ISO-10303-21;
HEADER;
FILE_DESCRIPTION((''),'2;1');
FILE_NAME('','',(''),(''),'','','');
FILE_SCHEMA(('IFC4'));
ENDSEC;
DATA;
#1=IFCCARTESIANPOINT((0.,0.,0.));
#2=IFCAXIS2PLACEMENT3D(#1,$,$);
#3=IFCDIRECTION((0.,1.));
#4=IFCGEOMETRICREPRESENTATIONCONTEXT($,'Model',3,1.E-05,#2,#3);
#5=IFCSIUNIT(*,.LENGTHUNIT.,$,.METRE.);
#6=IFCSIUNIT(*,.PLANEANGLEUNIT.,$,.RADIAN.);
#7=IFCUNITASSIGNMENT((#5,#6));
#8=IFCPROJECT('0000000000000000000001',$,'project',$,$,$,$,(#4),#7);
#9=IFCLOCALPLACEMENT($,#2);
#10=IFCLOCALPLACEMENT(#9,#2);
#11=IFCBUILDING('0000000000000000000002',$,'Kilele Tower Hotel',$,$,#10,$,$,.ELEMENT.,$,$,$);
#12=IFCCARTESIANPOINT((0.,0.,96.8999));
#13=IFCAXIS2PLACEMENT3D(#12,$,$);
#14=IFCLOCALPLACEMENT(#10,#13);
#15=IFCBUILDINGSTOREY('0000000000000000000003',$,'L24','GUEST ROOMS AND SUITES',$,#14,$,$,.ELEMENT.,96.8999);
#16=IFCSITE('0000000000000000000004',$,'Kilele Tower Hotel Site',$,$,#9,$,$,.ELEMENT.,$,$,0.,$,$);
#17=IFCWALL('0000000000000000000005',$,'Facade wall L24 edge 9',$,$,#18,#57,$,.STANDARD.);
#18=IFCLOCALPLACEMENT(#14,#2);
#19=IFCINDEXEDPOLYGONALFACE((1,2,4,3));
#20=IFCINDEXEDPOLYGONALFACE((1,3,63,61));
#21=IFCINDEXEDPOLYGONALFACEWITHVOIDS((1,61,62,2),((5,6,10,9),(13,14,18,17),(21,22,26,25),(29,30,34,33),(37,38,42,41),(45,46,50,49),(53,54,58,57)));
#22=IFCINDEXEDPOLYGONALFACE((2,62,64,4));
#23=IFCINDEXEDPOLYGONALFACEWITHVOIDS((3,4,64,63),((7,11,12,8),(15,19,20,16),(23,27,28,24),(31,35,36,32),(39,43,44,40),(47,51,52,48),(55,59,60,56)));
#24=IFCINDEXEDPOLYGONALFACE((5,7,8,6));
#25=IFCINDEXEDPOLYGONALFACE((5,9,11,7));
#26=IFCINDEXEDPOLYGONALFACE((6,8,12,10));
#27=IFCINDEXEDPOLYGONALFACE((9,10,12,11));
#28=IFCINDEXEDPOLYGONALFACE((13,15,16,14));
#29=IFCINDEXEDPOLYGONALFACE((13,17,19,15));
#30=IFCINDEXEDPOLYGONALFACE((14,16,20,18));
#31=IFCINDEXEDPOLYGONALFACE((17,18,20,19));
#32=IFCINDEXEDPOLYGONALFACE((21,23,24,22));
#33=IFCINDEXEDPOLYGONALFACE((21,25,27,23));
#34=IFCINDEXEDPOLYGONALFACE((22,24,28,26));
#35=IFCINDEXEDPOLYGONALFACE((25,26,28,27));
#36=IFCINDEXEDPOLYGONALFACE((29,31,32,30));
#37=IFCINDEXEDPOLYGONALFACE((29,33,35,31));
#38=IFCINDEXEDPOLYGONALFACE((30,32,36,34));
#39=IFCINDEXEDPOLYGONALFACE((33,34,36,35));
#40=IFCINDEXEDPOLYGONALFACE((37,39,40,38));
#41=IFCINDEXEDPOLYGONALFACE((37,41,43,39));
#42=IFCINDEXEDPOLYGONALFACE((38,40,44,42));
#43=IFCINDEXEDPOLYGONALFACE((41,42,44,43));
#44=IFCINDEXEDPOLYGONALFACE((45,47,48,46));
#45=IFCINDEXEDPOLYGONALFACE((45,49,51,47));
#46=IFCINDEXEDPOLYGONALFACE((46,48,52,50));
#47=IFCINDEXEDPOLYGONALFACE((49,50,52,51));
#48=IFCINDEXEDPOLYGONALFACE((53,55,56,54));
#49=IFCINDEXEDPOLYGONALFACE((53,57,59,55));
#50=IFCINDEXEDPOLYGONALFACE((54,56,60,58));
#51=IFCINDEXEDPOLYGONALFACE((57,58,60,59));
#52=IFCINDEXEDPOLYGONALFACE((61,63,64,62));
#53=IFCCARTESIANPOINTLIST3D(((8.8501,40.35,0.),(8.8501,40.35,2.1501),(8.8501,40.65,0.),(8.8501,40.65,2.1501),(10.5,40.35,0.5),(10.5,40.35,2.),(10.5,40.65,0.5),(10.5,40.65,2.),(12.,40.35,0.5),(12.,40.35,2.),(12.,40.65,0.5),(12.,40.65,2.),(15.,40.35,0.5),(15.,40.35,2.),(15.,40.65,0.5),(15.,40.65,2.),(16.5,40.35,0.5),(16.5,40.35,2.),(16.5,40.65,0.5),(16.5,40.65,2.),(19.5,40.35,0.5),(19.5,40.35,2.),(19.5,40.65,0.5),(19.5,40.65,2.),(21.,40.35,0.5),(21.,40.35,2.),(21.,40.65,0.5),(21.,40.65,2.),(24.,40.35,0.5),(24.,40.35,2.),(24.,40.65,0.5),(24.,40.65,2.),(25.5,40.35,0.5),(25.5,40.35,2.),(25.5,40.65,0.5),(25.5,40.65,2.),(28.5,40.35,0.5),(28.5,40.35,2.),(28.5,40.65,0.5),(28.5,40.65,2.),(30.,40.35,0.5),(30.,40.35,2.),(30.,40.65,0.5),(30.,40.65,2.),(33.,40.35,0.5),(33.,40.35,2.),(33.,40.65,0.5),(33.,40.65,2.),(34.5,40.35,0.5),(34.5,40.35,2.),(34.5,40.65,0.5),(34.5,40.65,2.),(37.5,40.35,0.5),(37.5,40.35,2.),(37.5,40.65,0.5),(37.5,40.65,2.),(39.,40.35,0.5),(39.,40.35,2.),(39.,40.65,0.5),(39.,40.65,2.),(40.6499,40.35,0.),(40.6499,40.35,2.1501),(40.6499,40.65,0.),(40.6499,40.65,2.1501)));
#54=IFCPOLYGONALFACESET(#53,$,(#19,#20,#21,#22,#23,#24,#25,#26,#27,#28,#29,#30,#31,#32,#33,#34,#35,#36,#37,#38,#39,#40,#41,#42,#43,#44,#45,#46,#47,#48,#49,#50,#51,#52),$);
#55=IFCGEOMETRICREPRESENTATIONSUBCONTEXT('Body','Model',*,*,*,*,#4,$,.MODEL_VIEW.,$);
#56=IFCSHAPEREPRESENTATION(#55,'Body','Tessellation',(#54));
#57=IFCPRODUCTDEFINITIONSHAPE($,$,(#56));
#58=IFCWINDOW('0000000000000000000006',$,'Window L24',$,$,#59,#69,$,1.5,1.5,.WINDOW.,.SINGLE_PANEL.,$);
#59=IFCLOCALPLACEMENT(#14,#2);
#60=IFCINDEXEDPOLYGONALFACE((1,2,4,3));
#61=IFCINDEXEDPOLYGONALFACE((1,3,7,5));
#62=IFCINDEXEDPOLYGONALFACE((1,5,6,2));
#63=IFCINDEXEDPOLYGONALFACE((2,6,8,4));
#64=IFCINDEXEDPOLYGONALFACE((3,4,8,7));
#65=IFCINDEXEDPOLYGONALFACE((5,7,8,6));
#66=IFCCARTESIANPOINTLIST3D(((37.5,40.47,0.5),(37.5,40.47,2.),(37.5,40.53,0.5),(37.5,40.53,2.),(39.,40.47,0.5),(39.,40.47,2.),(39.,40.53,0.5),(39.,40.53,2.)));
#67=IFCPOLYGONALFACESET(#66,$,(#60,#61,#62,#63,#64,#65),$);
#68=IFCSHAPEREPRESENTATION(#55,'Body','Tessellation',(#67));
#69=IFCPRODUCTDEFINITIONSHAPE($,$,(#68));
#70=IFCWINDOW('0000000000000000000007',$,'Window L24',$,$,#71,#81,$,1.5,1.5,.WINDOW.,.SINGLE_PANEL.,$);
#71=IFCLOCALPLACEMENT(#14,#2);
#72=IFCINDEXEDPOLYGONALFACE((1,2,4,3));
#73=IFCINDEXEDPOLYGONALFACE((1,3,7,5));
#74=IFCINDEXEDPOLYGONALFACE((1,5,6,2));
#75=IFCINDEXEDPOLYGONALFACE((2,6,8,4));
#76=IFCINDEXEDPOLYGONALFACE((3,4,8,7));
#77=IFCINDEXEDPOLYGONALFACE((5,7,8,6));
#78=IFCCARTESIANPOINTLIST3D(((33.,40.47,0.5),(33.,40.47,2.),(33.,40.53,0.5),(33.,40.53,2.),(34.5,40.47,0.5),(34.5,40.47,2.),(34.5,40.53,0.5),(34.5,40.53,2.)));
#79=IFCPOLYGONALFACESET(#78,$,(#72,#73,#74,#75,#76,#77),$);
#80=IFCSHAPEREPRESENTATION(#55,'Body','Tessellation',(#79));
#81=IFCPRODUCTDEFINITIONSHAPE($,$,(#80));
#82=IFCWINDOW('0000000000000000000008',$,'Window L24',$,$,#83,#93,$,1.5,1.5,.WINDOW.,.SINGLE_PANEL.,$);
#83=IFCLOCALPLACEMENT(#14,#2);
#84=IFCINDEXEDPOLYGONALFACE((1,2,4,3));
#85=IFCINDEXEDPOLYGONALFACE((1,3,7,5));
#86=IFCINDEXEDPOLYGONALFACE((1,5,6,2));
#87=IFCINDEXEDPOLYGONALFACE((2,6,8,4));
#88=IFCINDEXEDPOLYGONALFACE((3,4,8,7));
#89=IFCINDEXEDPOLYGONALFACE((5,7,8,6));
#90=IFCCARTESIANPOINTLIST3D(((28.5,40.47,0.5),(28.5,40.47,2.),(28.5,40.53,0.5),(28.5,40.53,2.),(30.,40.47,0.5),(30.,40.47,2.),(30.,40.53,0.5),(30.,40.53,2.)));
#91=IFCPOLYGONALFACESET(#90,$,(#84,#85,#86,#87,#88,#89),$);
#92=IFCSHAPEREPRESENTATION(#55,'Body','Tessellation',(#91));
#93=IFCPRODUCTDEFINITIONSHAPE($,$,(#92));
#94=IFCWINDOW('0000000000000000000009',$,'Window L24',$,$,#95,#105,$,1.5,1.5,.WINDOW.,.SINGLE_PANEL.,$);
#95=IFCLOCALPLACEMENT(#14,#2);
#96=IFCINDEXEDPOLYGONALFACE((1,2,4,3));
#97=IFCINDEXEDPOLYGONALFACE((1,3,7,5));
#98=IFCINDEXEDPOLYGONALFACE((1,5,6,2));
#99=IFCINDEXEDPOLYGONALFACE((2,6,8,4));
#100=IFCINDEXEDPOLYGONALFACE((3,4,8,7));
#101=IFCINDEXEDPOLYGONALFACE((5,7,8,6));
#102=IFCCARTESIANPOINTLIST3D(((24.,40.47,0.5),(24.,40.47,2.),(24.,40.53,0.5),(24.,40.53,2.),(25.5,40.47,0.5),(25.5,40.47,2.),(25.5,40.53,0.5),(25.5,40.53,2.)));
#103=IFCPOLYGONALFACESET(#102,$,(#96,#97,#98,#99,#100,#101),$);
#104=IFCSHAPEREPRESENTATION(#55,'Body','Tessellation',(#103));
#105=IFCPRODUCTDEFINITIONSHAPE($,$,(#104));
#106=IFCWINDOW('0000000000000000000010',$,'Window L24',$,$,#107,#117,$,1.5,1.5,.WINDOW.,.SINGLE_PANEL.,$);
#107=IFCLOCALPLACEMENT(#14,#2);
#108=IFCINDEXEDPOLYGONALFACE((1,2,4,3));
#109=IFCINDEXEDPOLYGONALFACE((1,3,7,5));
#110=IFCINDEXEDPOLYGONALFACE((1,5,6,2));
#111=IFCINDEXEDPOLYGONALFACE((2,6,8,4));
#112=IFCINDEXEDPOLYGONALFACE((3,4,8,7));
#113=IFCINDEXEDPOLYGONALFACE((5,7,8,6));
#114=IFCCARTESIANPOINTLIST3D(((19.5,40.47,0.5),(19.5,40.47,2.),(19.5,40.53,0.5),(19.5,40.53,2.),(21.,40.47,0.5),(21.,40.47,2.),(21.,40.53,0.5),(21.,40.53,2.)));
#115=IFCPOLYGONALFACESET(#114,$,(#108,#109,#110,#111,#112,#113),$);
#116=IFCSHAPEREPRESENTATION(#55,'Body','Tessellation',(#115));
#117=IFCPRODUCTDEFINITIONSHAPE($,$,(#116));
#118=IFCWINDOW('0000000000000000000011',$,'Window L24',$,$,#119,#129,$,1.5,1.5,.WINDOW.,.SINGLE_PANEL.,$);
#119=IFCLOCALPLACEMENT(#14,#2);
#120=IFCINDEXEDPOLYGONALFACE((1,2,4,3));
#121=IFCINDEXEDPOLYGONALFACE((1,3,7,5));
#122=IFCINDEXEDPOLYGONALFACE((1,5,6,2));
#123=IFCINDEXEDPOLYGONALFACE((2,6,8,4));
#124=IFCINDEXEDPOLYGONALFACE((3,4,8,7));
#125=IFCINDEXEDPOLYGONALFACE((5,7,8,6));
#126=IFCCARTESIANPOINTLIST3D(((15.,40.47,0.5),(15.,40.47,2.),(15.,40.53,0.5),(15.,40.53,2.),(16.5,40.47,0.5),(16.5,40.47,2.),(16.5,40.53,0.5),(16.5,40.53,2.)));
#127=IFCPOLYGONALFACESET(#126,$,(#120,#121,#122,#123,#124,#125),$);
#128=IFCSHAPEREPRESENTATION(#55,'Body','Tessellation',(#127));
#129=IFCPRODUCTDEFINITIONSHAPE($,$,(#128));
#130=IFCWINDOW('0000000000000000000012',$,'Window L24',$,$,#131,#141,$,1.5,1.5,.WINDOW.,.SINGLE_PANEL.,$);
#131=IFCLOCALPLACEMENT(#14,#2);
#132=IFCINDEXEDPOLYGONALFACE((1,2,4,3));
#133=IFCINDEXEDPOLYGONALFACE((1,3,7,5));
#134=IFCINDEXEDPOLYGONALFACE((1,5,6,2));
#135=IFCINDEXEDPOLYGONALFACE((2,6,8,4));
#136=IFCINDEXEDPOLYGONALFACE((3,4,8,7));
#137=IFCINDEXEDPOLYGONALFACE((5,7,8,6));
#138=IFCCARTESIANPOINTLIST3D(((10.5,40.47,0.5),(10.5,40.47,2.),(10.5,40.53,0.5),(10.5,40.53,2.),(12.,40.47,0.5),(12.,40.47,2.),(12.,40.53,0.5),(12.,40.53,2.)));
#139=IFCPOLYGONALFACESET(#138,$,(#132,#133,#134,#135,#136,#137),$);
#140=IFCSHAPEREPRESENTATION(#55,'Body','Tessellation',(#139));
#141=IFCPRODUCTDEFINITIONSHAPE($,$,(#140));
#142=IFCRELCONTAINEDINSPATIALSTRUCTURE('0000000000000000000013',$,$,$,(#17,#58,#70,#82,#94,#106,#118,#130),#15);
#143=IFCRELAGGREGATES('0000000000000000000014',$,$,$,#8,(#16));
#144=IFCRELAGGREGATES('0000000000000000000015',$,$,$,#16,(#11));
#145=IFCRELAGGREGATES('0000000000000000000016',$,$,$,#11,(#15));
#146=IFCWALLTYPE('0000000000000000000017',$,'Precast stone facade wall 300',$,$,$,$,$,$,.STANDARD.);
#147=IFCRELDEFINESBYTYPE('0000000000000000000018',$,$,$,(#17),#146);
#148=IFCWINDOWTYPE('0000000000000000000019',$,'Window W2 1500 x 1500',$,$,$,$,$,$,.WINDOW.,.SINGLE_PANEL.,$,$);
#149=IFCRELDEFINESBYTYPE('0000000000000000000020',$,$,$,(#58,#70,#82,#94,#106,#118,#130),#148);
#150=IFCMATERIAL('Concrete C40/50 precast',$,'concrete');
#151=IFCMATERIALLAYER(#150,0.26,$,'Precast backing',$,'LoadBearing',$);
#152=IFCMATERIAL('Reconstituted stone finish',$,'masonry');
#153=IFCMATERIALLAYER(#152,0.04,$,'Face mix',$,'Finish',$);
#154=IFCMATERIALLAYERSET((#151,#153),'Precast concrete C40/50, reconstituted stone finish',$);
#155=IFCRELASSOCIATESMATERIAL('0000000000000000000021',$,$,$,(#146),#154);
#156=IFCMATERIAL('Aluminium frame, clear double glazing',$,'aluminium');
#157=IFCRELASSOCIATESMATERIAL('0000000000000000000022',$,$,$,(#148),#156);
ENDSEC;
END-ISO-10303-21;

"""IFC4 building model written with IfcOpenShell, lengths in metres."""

from ifc_helpers import new_model, si_unit, direction, frame, frame_2d, origin, place, context, subcontext, project, spatial, rectangle, extrude, material, layer, layer_set, type_object, element, fill, save


model = new_model("IFC4")

# Units and contexts
model_context = context("Model", 3, precision=1e-05, world=origin(), true_north=direction((0.0, 1.0)))
body_context = subcontext(model_context, "Body", "Model", "MODEL_VIEW")
ifc_project = project(units=[si_unit("LENGTHUNIT", "METRE"), si_unit("PLANEANGLEUNIT", "RADIAN")], contexts=[model_context])

# Site, building, storey
site_placement = place(None, origin())
site = spatial("IfcSite", under=ifc_project, at=site_placement, Name="Kilele Tower Hotel Site", CompositionType="ELEMENT", RefElevation=0.0)
building_placement = place(site_placement, origin())
building = spatial("IfcBuilding", under=site, at=building_placement, Name="Kilele Tower Hotel", CompositionType="ELEMENT")
storey_placement = place(building_placement, frame((0.0, 0.0, 96.8999)))
storey = spatial("IfcBuildingStorey", under=building, at=storey_placement, Name="L24", Description="GUEST ROOMS AND SUITES", CompositionType="ELEMENT", Elevation=96.8999)

# Shared definitions
ifc_material_1 = material(Name="Concrete C40/50 precast", Category="concrete")
ifc_layer_1 = layer(ifc_material_1, 0.26, Name="Precast backing", Category="LoadBearing")
ifc_material_2 = material(Name="Reconstituted stone finish", Category="masonry")
ifc_layer_2 = layer(ifc_material_2, 0.04, Name="Face mix", Category="Finish")
ifc_layer_set_1 = layer_set([ifc_layer_1, ifc_layer_2], Name="Precast concrete C40/50, reconstituted stone finish")
wall_type_1 = type_object("IfcWallType", Name="Precast stone facade wall 300", PredefinedType="STANDARD", material=ifc_layer_set_1)
ifc_material_3 = material(Name="Aluminium frame, clear double glazing", Category="aluminium")
window_type_1 = type_object("IfcWindowType", Name="Window W2 1500 x 1500", PartitioningType="SINGLE_PANEL", PredefinedType="WINDOW", material=ifc_material_3)

# Wall, openings, windows
wall_1_placement = place(storey_placement, frame((40.6499, 40.5, 0.0), z_axis=(0.0, 0.0, 1.0), x_axis=(-1.0, 0.0, 0.0)))
wall_1 = element("IfcWall", 1, at=wall_1_placement, inside=storey, type_object=wall_type_1, Name="Facade wall L24 edge 9", PredefinedType="STANDARD", context=body_context, shape_type="SweptSolid", body=[
    extrude(rectangle(XDim=31.7998, YDim=0.3, at=frame_2d((15.8999, 0.0))), origin(), (0.0, 0.0, 1.0), 2.1501),
])
opening_1_placement = place(wall_1_placement, frame((1.6499, 0.0, 0.5)))
opening_1 = element("IfcOpeningElement", 2, at=opening_1_placement, cuts=wall_1, PredefinedType="OPENING", context=body_context, shape_type="SweptSolid", body=[
    extrude(rectangle(XDim=1.5, YDim=1.5, at=frame_2d((0.75, 0.75))), frame((0.0, 0.1599, 0.0), z_axis=(0.0, -1.0, 0.0), x_axis=(1.0, 0.0, 0.0)), (0.0, 0.0, 1.0), 0.3201),
])
opening_2_placement = place(wall_1_placement, frame((6.1499, 0.0, 0.5)))
opening_2 = element("IfcOpeningElement", 3, at=opening_2_placement, cuts=wall_1, PredefinedType="OPENING", context=body_context, shape_type="SweptSolid", body=[
    extrude(rectangle(XDim=1.5, YDim=1.5, at=frame_2d((0.75, 0.75))), frame((0.0, 0.1599, 0.0), z_axis=(0.0, -1.0, 0.0), x_axis=(1.0, 0.0, 0.0)), (0.0, 0.0, 1.0), 0.3201),
])
opening_3_placement = place(wall_1_placement, frame((10.6499, 0.0, 0.5)))
opening_3 = element("IfcOpeningElement", 4, at=opening_3_placement, cuts=wall_1, PredefinedType="OPENING", context=body_context, shape_type="SweptSolid", body=[
    extrude(rectangle(XDim=1.5, YDim=1.5, at=frame_2d((0.75, 0.75))), frame((0.0, 0.1599, 0.0), z_axis=(0.0, -1.0, 0.0), x_axis=(1.0, 0.0, 0.0)), (0.0, 0.0, 1.0), 0.3201),
])
opening_4_placement = place(wall_1_placement, frame((15.1499, 0.0, 0.5)))
opening_4 = element("IfcOpeningElement", 5, at=opening_4_placement, cuts=wall_1, PredefinedType="OPENING", context=body_context, shape_type="SweptSolid", body=[
    extrude(rectangle(XDim=1.5, YDim=1.5, at=frame_2d((0.75, 0.75))), frame((0.0, 0.1599, 0.0), z_axis=(0.0, -1.0, 0.0), x_axis=(1.0, 0.0, 0.0)), (0.0, 0.0, 1.0), 0.3201),
])
opening_5_placement = place(wall_1_placement, frame((19.6499, 0.0, 0.5)))
opening_5 = element("IfcOpeningElement", 6, at=opening_5_placement, cuts=wall_1, PredefinedType="OPENING", context=body_context, shape_type="SweptSolid", body=[
    extrude(rectangle(XDim=1.5, YDim=1.5, at=frame_2d((0.75, 0.75))), frame((0.0, 0.1599, 0.0), z_axis=(0.0, -1.0, 0.0), x_axis=(1.0, 0.0, 0.0)), (0.0, 0.0, 1.0), 0.3201),
])
opening_6_placement = place(wall_1_placement, frame((24.1499, 0.0, 0.5)))
opening_6 = element("IfcOpeningElement", 7, at=opening_6_placement, cuts=wall_1, PredefinedType="OPENING", context=body_context, shape_type="SweptSolid", body=[
    extrude(rectangle(XDim=1.5, YDim=1.5, at=frame_2d((0.75, 0.75))), frame((0.0, 0.1599, 0.0), z_axis=(0.0, -1.0, 0.0), x_axis=(1.0, 0.0, 0.0)), (0.0, 0.0, 1.0), 0.3201),
])
opening_7_placement = place(wall_1_placement, frame((28.6499, 0.0, 0.5)))
opening_7 = element("IfcOpeningElement", 8, at=opening_7_placement, cuts=wall_1, PredefinedType="OPENING", context=body_context, shape_type="SweptSolid", body=[
    extrude(rectangle(XDim=1.5, YDim=1.5, at=frame_2d((0.75, 0.75))), frame((0.0, 0.1599, 0.0), z_axis=(0.0, -1.0, 0.0), x_axis=(1.0, 0.0, 0.0)), (0.0, 0.0, 1.0), 0.3201),
])
window_1_placement = place(opening_1_placement, origin())
window_1 = element("IfcWindow", 9, at=window_1_placement, inside=storey, type_object=window_type_1, Name="Window L24", OverallHeight=1.5, OverallWidth=1.5, PartitioningType="SINGLE_PANEL", PredefinedType="WINDOW", context=body_context, shape_type="SweptSolid", body=[
    extrude(rectangle(XDim=1.5, YDim=1.5, at=frame_2d((0.75, 0.75))), frame((0.0, 0.03, 0.0), z_axis=(0.0, -1.0, 0.0), x_axis=(1.0, 0.0, 0.0)), (0.0, 0.0, 1.0), 0.0601),
])
fill(opening_1, window_1)
window_2_placement = place(opening_2_placement, origin())
window_2 = element("IfcWindow", 10, at=window_2_placement, inside=storey, type_object=window_type_1, Name="Window L24", OverallHeight=1.5, OverallWidth=1.5, PartitioningType="SINGLE_PANEL", PredefinedType="WINDOW", context=body_context, shape_type="SweptSolid", body=[
    extrude(rectangle(XDim=1.5, YDim=1.5, at=frame_2d((0.75, 0.75))), frame((0.0, 0.03, 0.0), z_axis=(0.0, -1.0, 0.0), x_axis=(1.0, 0.0, 0.0)), (0.0, 0.0, 1.0), 0.0601),
])
fill(opening_2, window_2)
window_3_placement = place(opening_3_placement, origin())
window_3 = element("IfcWindow", 11, at=window_3_placement, inside=storey, type_object=window_type_1, Name="Window L24", OverallHeight=1.5, OverallWidth=1.5, PartitioningType="SINGLE_PANEL", PredefinedType="WINDOW", context=body_context, shape_type="SweptSolid", body=[
    extrude(rectangle(XDim=1.5, YDim=1.5, at=frame_2d((0.75, 0.75))), frame((0.0, 0.03, 0.0), z_axis=(0.0, -1.0, 0.0), x_axis=(1.0, 0.0, 0.0)), (0.0, 0.0, 1.0), 0.0601),
])
fill(opening_3, window_3)
window_4_placement = place(opening_4_placement, origin())
window_4 = element("IfcWindow", 12, at=window_4_placement, inside=storey, type_object=window_type_1, Name="Window L24", OverallHeight=1.5, OverallWidth=1.5, PartitioningType="SINGLE_PANEL", PredefinedType="WINDOW", context=body_context, shape_type="SweptSolid", body=[
    extrude(rectangle(XDim=1.5, YDim=1.5, at=frame_2d((0.75, 0.75))), frame((0.0, 0.03, 0.0), z_axis=(0.0, -1.0, 0.0), x_axis=(1.0, 0.0, 0.0)), (0.0, 0.0, 1.0), 0.0601),
])
fill(opening_4, window_4)
window_5_placement = place(opening_5_placement, origin())
window_5 = element("IfcWindow", 13, at=window_5_placement, inside=storey, type_object=window_type_1, Name="Window L24", OverallHeight=1.5, OverallWidth=1.5, PartitioningType="SINGLE_PANEL", PredefinedType="WINDOW", context=body_context, shape_type="SweptSolid", body=[
    extrude(rectangle(XDim=1.5, YDim=1.5, at=frame_2d((0.75, 0.75))), frame((0.0, 0.03, 0.0), z_axis=(0.0, -1.0, 0.0), x_axis=(1.0, 0.0, 0.0)), (0.0, 0.0, 1.0), 0.0601),
])
fill(opening_5, window_5)
window_6_placement = place(opening_6_placement, origin())
window_6 = element("IfcWindow", 14, at=window_6_placement, inside=storey, type_object=window_type_1, Name="Window L24", OverallHeight=1.5, OverallWidth=1.5, PartitioningType="SINGLE_PANEL", PredefinedType="WINDOW", context=body_context, shape_type="SweptSolid", body=[
    extrude(rectangle(XDim=1.5, YDim=1.5, at=frame_2d((0.75, 0.75))), frame((0.0, 0.03, 0.0), z_axis=(0.0, -1.0, 0.0), x_axis=(1.0, 0.0, 0.0)), (0.0, 0.0, 1.0), 0.0601),
])
fill(opening_6, window_6)
window_7_placement = place(opening_7_placement, origin())
window_7 = element("IfcWindow", 15, at=window_7_placement, inside=storey, type_object=window_type_1, Name="Window L24", OverallHeight=1.5, OverallWidth=1.5, PartitioningType="SINGLE_PANEL", PredefinedType="WINDOW", context=body_context, shape_type="SweptSolid", body=[
    extrude(rectangle(XDim=1.5, YDim=1.5, at=frame_2d((0.75, 0.75))), frame((0.0, 0.03, 0.0), z_axis=(0.0, -1.0, 0.0), x_axis=(1.0, 0.0, 0.0)), (0.0, 0.0, 1.0), 0.0601),
])
fill(opening_7, window_7)

save(model, "model.ifc")
